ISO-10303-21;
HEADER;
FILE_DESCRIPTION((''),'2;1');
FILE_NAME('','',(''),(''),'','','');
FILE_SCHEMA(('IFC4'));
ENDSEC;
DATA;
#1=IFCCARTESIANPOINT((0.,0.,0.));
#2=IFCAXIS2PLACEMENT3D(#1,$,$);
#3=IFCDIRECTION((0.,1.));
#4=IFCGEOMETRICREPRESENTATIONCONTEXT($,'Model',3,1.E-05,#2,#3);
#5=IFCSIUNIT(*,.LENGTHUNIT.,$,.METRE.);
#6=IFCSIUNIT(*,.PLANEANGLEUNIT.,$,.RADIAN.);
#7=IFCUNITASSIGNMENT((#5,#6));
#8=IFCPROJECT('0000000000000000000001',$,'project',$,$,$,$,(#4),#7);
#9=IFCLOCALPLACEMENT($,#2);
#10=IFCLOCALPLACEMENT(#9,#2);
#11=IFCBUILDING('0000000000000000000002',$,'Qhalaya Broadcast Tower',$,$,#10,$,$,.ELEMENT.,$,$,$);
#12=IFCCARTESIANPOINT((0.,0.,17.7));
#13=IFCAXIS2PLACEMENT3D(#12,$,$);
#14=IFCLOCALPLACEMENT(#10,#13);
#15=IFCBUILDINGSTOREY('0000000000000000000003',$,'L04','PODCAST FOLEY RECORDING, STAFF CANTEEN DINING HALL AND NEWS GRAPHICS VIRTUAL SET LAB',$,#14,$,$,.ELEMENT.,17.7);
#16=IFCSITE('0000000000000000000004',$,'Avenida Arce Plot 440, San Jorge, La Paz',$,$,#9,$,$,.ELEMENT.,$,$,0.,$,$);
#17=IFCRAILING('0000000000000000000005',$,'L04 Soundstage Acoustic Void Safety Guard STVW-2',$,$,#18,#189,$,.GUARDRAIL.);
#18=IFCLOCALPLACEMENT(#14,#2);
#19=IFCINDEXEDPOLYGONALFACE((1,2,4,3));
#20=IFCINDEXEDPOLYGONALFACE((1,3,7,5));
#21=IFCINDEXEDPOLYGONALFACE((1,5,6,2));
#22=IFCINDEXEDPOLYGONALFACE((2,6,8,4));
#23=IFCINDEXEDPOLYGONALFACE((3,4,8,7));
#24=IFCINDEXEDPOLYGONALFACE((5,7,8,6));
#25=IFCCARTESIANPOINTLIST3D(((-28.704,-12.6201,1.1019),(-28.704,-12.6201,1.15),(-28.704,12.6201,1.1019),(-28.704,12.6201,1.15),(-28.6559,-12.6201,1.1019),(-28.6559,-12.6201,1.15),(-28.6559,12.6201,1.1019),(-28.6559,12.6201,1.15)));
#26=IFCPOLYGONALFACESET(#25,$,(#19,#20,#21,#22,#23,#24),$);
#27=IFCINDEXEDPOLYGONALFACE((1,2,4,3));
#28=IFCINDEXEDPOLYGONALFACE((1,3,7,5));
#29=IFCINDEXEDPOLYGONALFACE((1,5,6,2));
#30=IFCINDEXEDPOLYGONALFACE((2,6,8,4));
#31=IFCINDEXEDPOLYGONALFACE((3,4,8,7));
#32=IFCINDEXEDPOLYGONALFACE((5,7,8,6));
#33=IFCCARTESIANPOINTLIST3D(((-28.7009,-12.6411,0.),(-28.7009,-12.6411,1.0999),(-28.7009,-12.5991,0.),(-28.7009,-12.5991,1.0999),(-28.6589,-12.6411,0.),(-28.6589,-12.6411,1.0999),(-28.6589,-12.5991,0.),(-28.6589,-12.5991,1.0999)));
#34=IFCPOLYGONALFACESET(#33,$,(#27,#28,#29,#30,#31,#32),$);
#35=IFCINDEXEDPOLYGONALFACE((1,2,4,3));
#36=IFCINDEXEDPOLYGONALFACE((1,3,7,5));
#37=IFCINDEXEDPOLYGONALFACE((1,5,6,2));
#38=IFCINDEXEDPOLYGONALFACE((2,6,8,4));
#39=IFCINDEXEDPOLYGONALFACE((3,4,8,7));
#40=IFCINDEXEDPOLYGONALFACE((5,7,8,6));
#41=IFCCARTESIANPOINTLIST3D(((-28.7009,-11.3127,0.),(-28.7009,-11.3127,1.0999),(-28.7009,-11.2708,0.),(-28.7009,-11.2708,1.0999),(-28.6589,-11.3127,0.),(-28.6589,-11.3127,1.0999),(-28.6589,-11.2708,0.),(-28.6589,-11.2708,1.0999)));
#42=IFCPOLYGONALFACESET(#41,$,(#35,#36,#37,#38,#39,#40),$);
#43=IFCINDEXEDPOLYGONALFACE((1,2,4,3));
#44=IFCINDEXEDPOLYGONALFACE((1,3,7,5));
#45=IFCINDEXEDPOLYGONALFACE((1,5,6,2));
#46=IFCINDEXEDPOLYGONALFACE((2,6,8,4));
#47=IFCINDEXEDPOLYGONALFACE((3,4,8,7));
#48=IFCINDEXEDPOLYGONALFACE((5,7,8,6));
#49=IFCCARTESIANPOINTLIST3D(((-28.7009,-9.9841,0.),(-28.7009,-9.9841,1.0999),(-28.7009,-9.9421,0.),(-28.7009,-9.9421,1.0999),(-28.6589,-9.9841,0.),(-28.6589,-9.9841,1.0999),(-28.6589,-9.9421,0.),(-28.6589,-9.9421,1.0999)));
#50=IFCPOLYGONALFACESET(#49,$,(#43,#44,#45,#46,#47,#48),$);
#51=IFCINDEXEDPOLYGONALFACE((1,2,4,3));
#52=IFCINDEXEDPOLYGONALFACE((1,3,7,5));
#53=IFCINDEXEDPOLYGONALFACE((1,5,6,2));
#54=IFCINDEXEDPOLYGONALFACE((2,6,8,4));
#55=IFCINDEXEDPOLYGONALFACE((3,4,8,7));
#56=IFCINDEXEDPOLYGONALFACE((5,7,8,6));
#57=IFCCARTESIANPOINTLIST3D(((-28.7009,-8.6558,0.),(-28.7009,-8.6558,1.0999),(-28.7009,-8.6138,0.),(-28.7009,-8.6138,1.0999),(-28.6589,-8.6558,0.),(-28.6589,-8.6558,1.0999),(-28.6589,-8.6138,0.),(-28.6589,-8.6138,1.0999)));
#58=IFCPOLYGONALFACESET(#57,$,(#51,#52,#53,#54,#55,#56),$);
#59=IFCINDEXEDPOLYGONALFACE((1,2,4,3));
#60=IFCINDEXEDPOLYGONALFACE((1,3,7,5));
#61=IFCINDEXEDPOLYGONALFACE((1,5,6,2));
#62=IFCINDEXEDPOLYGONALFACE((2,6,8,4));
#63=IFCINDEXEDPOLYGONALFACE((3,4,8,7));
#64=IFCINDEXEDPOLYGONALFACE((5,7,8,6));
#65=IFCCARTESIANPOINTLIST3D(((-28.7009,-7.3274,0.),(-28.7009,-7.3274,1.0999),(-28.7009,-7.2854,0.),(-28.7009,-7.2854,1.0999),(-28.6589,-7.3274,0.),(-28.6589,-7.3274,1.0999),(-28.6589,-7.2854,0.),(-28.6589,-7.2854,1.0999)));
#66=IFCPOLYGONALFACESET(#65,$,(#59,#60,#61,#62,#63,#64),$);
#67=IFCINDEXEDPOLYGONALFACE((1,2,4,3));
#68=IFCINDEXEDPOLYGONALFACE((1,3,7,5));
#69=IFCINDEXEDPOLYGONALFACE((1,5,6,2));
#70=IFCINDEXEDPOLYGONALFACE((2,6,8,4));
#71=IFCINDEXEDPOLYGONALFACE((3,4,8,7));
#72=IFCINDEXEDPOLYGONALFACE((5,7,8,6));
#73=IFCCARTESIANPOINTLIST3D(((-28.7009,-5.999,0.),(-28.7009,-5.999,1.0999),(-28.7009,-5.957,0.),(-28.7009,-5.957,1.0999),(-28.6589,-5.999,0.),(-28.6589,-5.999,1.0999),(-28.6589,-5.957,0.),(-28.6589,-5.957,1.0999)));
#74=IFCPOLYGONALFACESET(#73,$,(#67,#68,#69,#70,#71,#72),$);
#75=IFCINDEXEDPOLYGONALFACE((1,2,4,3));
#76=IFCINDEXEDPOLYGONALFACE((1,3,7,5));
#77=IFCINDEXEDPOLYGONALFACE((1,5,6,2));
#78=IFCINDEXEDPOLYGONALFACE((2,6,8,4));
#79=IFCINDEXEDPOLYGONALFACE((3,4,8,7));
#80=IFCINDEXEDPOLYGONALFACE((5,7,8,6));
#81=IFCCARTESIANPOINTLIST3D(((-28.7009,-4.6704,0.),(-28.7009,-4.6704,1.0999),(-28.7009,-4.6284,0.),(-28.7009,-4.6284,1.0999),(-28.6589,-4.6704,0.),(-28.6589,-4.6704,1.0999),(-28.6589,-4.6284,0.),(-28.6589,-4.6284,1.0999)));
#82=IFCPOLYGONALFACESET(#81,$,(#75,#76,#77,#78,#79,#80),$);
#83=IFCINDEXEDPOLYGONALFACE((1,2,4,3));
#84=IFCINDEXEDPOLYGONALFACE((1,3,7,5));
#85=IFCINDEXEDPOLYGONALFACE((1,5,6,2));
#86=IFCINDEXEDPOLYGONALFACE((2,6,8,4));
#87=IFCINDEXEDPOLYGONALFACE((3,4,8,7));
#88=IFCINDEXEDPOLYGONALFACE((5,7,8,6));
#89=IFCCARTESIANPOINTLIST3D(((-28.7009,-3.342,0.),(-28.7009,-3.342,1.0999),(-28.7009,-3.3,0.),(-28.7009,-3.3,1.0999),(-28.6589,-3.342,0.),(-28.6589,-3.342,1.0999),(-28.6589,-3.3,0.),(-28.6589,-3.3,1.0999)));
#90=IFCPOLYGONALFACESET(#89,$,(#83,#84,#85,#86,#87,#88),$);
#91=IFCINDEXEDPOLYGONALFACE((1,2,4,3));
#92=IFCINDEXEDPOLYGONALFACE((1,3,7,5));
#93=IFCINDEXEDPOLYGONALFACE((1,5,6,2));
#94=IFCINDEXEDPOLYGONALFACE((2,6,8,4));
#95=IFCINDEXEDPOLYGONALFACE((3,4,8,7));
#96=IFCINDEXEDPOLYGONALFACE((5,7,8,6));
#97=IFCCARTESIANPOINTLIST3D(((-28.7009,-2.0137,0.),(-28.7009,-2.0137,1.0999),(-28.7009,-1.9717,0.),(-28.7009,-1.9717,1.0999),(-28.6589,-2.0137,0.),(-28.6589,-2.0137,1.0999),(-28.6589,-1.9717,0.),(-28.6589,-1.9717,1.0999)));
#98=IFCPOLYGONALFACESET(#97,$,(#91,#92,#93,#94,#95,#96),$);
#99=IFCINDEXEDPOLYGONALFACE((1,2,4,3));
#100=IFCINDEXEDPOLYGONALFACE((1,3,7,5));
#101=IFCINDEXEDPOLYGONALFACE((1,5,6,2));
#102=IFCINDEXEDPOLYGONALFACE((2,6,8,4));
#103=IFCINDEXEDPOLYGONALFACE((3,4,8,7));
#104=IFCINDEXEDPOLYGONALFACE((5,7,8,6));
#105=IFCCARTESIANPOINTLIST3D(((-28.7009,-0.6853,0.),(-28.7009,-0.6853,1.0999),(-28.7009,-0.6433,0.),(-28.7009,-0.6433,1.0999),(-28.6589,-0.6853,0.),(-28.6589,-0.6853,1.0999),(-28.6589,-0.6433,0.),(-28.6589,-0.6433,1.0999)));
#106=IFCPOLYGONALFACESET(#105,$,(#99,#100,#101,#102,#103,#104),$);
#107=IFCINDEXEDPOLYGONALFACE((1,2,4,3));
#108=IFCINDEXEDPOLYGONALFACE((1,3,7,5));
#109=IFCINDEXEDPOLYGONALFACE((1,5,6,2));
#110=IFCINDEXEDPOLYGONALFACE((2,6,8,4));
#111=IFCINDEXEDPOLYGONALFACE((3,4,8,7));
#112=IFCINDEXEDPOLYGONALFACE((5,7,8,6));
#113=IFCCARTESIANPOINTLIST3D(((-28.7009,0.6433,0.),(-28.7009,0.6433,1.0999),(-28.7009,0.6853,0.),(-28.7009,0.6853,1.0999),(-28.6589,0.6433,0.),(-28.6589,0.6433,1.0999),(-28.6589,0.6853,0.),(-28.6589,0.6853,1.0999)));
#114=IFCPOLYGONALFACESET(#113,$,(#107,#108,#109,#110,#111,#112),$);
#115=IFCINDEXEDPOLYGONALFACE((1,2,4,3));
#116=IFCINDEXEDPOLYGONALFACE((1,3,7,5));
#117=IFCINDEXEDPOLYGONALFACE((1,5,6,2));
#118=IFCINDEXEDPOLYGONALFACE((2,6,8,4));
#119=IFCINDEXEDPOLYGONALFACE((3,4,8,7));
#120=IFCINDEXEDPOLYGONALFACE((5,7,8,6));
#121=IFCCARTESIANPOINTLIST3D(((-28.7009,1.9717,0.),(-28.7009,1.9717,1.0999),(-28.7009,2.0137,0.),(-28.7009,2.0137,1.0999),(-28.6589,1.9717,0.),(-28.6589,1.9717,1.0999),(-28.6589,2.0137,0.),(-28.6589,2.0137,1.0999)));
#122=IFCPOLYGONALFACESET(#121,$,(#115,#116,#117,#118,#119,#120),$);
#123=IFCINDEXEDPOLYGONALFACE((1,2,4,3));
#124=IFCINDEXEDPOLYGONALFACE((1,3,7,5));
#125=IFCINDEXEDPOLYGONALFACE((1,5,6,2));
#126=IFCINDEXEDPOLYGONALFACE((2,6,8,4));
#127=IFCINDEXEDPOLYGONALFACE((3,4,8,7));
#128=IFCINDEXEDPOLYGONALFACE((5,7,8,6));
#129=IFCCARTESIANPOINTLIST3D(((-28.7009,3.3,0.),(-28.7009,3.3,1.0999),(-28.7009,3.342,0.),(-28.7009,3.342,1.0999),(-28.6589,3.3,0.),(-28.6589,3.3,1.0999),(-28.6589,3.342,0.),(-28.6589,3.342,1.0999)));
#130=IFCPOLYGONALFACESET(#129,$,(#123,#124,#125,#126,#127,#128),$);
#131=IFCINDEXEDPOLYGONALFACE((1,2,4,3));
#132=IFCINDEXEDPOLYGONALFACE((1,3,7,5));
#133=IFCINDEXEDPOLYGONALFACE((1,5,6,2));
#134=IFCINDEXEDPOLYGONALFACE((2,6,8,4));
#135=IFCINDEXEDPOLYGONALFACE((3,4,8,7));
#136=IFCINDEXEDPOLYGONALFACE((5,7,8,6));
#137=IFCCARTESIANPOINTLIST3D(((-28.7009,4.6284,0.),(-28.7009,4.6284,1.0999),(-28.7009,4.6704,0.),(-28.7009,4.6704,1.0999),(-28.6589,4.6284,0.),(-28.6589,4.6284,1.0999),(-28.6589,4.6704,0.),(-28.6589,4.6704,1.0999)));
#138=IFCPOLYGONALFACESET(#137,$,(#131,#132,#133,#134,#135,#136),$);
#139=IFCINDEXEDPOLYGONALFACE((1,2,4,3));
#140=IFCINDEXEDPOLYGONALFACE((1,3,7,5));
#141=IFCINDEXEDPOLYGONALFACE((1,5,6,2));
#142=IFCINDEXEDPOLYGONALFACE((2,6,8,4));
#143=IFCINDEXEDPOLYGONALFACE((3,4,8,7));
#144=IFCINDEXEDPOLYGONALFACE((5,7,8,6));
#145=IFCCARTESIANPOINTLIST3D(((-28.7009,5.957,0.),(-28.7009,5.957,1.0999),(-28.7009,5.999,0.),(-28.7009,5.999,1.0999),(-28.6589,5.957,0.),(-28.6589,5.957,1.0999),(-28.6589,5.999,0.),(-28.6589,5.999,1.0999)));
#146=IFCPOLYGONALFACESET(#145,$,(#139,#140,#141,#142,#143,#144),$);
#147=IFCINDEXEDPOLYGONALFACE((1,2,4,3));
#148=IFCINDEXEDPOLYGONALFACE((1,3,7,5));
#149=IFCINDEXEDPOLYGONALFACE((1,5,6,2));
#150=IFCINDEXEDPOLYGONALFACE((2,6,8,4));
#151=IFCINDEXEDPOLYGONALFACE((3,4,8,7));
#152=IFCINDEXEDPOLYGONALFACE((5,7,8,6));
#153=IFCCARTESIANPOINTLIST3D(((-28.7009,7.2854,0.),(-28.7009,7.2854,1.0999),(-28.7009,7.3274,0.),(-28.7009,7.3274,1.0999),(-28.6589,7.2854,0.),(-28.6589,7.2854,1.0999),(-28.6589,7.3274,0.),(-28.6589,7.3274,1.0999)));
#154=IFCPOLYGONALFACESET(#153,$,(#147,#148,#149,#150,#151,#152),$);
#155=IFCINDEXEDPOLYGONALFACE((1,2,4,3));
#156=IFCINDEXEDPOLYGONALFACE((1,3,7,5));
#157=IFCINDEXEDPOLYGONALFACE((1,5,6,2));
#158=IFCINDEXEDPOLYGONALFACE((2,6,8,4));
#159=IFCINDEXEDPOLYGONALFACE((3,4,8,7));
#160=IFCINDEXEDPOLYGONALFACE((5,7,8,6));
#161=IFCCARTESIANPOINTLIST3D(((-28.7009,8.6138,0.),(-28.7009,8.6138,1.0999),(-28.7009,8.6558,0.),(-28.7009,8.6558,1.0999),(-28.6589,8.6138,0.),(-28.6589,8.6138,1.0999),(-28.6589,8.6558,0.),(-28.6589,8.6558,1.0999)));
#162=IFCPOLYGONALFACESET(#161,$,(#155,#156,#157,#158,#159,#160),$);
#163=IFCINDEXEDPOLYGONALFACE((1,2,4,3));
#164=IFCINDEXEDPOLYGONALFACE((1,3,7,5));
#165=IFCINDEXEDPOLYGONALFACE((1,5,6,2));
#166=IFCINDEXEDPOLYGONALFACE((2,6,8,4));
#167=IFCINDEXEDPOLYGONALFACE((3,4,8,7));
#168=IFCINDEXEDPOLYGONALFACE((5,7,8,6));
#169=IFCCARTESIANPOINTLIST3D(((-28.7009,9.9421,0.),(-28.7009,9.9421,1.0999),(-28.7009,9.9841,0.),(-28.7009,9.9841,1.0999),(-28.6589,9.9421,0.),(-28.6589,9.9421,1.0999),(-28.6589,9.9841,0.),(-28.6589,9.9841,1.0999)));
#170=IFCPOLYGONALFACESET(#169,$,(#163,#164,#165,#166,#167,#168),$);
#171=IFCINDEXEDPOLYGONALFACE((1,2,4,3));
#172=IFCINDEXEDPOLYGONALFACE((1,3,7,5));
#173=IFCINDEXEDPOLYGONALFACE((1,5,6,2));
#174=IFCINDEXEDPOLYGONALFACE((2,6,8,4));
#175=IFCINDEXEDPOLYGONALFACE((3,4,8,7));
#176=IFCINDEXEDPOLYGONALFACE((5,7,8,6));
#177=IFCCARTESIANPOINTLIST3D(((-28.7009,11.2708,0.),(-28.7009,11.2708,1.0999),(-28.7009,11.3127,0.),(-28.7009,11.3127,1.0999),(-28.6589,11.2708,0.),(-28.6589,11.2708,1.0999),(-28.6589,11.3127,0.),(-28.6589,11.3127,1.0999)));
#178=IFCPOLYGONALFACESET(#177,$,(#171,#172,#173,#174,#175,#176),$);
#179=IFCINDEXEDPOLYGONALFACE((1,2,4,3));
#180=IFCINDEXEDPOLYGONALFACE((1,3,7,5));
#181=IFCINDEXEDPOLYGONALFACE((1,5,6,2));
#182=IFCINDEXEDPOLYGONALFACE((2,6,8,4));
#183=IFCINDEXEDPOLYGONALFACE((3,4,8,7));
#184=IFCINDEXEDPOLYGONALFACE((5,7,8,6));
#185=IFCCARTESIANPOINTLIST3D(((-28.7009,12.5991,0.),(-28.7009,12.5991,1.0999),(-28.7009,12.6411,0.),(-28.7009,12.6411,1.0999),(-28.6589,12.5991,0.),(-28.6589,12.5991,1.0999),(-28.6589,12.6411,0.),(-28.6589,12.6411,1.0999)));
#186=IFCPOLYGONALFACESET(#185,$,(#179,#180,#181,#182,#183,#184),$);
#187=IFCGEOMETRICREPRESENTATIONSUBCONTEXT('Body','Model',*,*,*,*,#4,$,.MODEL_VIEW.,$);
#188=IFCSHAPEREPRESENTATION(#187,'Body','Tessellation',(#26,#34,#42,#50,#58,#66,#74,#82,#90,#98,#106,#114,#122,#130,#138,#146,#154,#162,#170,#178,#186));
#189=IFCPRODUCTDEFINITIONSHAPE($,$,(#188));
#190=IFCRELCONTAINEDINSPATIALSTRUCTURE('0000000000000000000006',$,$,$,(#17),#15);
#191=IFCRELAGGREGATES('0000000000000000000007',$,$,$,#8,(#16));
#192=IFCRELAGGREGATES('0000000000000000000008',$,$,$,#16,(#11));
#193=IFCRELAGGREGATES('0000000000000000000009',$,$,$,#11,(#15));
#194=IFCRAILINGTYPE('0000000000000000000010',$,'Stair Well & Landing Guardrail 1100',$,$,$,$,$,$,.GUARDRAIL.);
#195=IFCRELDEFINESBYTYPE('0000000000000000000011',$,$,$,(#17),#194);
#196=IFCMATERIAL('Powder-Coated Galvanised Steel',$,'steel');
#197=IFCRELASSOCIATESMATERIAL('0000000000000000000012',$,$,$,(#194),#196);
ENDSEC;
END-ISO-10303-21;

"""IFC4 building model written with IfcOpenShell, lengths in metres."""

from ifc_helpers import new_model, si_unit, direction, frame, origin, origin_2d, place, context, subcontext, project, spatial, rectangle, extrude, material, type_object, element, save


model = new_model("IFC4")

# Units and contexts
model_context = context("Model", 3, precision=1e-05, world=origin(), true_north=direction((0.0, 1.0)))
body_context = subcontext(model_context, "Body", "Model", "MODEL_VIEW")
ifc_project = project(units=[si_unit("LENGTHUNIT", "METRE"), si_unit("PLANEANGLEUNIT", "RADIAN")], contexts=[model_context])

# Site, building, storey
site_placement = place(None, origin())
site = spatial("IfcSite", under=ifc_project, at=site_placement, Name="Avenida Arce Plot 440, San Jorge, La Paz", CompositionType="ELEMENT", RefElevation=0.0)
building_placement = place(site_placement, origin())
building = spatial("IfcBuilding", under=site, at=building_placement, Name="Qhalaya Broadcast Tower", CompositionType="ELEMENT")
storey_placement = place(building_placement, frame((0.0, 0.0, 17.7)))
storey = spatial("IfcBuildingStorey", under=building, at=storey_placement, Name="L04", Description="PODCAST FOLEY RECORDING, STAFF CANTEEN DINING HALL AND NEWS GRAPHICS VIRTUAL SET LAB", CompositionType="ELEMENT", Elevation=17.7)

# Railing
ifc_material_1 = material(Name="Powder-Coated Galvanised Steel", Category="steel")
railing_type = type_object("IfcRailingType", Name="Stair Well & Landing Guardrail 1100", PredefinedType="GUARDRAIL", material=ifc_material_1)
railing_1_placement = place(storey_placement, frame((-28.6799, -12.6201, 0.0)))
element("IfcRailing", 1, at=railing_1_placement, inside=storey, type_object=railing_type, Name="L04 Soundstage Acoustic Void Safety Guard STVW-2", PredefinedType="GUARDRAIL", context=body_context, shape_type="SweptSolid", body=[
    extrude(rectangle(XDim=0.0481, YDim=0.0481, at=origin_2d()), frame((0.0, 0.0, 1.126), z_axis=(0.0, 1.0, 0.0), x_axis=(-1.0, 0.0, 0.0)), (0.0, 0.0, 1.0), 25.2402),
    extrude(rectangle(XDim=0.042, YDim=0.042, at=origin_2d()), origin(), (0.0, 0.0, 1.0), 1.0999),
    extrude(rectangle(XDim=0.042, YDim=0.042, at=origin_2d()), frame((0.0, 1.3284, 0.0)), (0.0, 0.0, 1.0), 1.0999),
    extrude(rectangle(XDim=0.042, YDim=0.042, at=origin_2d()), frame((0.0, 2.657, 0.0)), (0.0, 0.0, 1.0), 1.0999),
    extrude(rectangle(XDim=0.042, YDim=0.042, at=origin_2d()), frame((0.0, 3.9854, 0.0)), (0.0, 0.0, 1.0), 1.0999),
    extrude(rectangle(XDim=0.042, YDim=0.042, at=origin_2d()), frame((0.0, 5.3137, 0.0)), (0.0, 0.0, 1.0), 1.0999),
    extrude(rectangle(XDim=0.042, YDim=0.042, at=origin_2d()), frame((0.0, 6.6421, 0.0)), (0.0, 0.0, 1.0), 1.0999),
    extrude(rectangle(XDim=0.042, YDim=0.042, at=origin_2d()), frame((0.0, 7.9707, 0.0)), (0.0, 0.0, 1.0), 1.0999),
    extrude(rectangle(XDim=0.042, YDim=0.042, at=origin_2d()), frame((0.0, 9.2991, 0.0)), (0.0, 0.0, 1.0), 1.0999),
    extrude(rectangle(XDim=0.042, YDim=0.042, at=origin_2d()), frame((0.0, 10.6274, 0.0)), (0.0, 0.0, 1.0), 1.0999),
    extrude(rectangle(XDim=0.042, YDim=0.042, at=origin_2d()), frame((0.0, 11.9558, 0.0)), (0.0, 0.0, 1.0), 1.0999),
    extrude(rectangle(XDim=0.042, YDim=0.042, at=origin_2d()), frame((0.0, 13.2844, 0.0)), (0.0, 0.0, 1.0), 1.0999),
    extrude(rectangle(XDim=0.042, YDim=0.042, at=origin_2d()), frame((0.0, 14.6128, 0.0)), (0.0, 0.0, 1.0), 1.0999),
    extrude(rectangle(XDim=0.042, YDim=0.042, at=origin_2d()), frame((0.0, 15.9412, 0.0)), (0.0, 0.0, 1.0), 1.0999),
    extrude(rectangle(XDim=0.042, YDim=0.042, at=origin_2d()), frame((0.0, 17.2695, 0.0)), (0.0, 0.0, 1.0), 1.0999),
    extrude(rectangle(XDim=0.042, YDim=0.042, at=origin_2d()), frame((0.0, 18.5981, 0.0)), (0.0, 0.0, 1.0), 1.0999),
    extrude(rectangle(XDim=0.042, YDim=0.042, at=origin_2d()), frame((0.0, 19.9265, 0.0)), (0.0, 0.0, 1.0), 1.0999),
    extrude(rectangle(XDim=0.042, YDim=0.042, at=origin_2d()), frame((0.0, 21.2549, 0.0)), (0.0, 0.0, 1.0), 1.0999),
    extrude(rectangle(XDim=0.042, YDim=0.042, at=origin_2d()), frame((0.0, 22.5833, 0.0)), (0.0, 0.0, 1.0), 1.0999),
    extrude(rectangle(XDim=0.042, YDim=0.042, at=origin_2d()), frame((0.0, 23.9119, 0.0)), (0.0, 0.0, 1.0), 1.0999),
    extrude(rectangle(XDim=0.042, YDim=0.042, at=origin_2d()), frame((0.0, 25.2402, 0.0)), (0.0, 0.0, 1.0), 1.0999),
])

save(model, "model.ifc")
